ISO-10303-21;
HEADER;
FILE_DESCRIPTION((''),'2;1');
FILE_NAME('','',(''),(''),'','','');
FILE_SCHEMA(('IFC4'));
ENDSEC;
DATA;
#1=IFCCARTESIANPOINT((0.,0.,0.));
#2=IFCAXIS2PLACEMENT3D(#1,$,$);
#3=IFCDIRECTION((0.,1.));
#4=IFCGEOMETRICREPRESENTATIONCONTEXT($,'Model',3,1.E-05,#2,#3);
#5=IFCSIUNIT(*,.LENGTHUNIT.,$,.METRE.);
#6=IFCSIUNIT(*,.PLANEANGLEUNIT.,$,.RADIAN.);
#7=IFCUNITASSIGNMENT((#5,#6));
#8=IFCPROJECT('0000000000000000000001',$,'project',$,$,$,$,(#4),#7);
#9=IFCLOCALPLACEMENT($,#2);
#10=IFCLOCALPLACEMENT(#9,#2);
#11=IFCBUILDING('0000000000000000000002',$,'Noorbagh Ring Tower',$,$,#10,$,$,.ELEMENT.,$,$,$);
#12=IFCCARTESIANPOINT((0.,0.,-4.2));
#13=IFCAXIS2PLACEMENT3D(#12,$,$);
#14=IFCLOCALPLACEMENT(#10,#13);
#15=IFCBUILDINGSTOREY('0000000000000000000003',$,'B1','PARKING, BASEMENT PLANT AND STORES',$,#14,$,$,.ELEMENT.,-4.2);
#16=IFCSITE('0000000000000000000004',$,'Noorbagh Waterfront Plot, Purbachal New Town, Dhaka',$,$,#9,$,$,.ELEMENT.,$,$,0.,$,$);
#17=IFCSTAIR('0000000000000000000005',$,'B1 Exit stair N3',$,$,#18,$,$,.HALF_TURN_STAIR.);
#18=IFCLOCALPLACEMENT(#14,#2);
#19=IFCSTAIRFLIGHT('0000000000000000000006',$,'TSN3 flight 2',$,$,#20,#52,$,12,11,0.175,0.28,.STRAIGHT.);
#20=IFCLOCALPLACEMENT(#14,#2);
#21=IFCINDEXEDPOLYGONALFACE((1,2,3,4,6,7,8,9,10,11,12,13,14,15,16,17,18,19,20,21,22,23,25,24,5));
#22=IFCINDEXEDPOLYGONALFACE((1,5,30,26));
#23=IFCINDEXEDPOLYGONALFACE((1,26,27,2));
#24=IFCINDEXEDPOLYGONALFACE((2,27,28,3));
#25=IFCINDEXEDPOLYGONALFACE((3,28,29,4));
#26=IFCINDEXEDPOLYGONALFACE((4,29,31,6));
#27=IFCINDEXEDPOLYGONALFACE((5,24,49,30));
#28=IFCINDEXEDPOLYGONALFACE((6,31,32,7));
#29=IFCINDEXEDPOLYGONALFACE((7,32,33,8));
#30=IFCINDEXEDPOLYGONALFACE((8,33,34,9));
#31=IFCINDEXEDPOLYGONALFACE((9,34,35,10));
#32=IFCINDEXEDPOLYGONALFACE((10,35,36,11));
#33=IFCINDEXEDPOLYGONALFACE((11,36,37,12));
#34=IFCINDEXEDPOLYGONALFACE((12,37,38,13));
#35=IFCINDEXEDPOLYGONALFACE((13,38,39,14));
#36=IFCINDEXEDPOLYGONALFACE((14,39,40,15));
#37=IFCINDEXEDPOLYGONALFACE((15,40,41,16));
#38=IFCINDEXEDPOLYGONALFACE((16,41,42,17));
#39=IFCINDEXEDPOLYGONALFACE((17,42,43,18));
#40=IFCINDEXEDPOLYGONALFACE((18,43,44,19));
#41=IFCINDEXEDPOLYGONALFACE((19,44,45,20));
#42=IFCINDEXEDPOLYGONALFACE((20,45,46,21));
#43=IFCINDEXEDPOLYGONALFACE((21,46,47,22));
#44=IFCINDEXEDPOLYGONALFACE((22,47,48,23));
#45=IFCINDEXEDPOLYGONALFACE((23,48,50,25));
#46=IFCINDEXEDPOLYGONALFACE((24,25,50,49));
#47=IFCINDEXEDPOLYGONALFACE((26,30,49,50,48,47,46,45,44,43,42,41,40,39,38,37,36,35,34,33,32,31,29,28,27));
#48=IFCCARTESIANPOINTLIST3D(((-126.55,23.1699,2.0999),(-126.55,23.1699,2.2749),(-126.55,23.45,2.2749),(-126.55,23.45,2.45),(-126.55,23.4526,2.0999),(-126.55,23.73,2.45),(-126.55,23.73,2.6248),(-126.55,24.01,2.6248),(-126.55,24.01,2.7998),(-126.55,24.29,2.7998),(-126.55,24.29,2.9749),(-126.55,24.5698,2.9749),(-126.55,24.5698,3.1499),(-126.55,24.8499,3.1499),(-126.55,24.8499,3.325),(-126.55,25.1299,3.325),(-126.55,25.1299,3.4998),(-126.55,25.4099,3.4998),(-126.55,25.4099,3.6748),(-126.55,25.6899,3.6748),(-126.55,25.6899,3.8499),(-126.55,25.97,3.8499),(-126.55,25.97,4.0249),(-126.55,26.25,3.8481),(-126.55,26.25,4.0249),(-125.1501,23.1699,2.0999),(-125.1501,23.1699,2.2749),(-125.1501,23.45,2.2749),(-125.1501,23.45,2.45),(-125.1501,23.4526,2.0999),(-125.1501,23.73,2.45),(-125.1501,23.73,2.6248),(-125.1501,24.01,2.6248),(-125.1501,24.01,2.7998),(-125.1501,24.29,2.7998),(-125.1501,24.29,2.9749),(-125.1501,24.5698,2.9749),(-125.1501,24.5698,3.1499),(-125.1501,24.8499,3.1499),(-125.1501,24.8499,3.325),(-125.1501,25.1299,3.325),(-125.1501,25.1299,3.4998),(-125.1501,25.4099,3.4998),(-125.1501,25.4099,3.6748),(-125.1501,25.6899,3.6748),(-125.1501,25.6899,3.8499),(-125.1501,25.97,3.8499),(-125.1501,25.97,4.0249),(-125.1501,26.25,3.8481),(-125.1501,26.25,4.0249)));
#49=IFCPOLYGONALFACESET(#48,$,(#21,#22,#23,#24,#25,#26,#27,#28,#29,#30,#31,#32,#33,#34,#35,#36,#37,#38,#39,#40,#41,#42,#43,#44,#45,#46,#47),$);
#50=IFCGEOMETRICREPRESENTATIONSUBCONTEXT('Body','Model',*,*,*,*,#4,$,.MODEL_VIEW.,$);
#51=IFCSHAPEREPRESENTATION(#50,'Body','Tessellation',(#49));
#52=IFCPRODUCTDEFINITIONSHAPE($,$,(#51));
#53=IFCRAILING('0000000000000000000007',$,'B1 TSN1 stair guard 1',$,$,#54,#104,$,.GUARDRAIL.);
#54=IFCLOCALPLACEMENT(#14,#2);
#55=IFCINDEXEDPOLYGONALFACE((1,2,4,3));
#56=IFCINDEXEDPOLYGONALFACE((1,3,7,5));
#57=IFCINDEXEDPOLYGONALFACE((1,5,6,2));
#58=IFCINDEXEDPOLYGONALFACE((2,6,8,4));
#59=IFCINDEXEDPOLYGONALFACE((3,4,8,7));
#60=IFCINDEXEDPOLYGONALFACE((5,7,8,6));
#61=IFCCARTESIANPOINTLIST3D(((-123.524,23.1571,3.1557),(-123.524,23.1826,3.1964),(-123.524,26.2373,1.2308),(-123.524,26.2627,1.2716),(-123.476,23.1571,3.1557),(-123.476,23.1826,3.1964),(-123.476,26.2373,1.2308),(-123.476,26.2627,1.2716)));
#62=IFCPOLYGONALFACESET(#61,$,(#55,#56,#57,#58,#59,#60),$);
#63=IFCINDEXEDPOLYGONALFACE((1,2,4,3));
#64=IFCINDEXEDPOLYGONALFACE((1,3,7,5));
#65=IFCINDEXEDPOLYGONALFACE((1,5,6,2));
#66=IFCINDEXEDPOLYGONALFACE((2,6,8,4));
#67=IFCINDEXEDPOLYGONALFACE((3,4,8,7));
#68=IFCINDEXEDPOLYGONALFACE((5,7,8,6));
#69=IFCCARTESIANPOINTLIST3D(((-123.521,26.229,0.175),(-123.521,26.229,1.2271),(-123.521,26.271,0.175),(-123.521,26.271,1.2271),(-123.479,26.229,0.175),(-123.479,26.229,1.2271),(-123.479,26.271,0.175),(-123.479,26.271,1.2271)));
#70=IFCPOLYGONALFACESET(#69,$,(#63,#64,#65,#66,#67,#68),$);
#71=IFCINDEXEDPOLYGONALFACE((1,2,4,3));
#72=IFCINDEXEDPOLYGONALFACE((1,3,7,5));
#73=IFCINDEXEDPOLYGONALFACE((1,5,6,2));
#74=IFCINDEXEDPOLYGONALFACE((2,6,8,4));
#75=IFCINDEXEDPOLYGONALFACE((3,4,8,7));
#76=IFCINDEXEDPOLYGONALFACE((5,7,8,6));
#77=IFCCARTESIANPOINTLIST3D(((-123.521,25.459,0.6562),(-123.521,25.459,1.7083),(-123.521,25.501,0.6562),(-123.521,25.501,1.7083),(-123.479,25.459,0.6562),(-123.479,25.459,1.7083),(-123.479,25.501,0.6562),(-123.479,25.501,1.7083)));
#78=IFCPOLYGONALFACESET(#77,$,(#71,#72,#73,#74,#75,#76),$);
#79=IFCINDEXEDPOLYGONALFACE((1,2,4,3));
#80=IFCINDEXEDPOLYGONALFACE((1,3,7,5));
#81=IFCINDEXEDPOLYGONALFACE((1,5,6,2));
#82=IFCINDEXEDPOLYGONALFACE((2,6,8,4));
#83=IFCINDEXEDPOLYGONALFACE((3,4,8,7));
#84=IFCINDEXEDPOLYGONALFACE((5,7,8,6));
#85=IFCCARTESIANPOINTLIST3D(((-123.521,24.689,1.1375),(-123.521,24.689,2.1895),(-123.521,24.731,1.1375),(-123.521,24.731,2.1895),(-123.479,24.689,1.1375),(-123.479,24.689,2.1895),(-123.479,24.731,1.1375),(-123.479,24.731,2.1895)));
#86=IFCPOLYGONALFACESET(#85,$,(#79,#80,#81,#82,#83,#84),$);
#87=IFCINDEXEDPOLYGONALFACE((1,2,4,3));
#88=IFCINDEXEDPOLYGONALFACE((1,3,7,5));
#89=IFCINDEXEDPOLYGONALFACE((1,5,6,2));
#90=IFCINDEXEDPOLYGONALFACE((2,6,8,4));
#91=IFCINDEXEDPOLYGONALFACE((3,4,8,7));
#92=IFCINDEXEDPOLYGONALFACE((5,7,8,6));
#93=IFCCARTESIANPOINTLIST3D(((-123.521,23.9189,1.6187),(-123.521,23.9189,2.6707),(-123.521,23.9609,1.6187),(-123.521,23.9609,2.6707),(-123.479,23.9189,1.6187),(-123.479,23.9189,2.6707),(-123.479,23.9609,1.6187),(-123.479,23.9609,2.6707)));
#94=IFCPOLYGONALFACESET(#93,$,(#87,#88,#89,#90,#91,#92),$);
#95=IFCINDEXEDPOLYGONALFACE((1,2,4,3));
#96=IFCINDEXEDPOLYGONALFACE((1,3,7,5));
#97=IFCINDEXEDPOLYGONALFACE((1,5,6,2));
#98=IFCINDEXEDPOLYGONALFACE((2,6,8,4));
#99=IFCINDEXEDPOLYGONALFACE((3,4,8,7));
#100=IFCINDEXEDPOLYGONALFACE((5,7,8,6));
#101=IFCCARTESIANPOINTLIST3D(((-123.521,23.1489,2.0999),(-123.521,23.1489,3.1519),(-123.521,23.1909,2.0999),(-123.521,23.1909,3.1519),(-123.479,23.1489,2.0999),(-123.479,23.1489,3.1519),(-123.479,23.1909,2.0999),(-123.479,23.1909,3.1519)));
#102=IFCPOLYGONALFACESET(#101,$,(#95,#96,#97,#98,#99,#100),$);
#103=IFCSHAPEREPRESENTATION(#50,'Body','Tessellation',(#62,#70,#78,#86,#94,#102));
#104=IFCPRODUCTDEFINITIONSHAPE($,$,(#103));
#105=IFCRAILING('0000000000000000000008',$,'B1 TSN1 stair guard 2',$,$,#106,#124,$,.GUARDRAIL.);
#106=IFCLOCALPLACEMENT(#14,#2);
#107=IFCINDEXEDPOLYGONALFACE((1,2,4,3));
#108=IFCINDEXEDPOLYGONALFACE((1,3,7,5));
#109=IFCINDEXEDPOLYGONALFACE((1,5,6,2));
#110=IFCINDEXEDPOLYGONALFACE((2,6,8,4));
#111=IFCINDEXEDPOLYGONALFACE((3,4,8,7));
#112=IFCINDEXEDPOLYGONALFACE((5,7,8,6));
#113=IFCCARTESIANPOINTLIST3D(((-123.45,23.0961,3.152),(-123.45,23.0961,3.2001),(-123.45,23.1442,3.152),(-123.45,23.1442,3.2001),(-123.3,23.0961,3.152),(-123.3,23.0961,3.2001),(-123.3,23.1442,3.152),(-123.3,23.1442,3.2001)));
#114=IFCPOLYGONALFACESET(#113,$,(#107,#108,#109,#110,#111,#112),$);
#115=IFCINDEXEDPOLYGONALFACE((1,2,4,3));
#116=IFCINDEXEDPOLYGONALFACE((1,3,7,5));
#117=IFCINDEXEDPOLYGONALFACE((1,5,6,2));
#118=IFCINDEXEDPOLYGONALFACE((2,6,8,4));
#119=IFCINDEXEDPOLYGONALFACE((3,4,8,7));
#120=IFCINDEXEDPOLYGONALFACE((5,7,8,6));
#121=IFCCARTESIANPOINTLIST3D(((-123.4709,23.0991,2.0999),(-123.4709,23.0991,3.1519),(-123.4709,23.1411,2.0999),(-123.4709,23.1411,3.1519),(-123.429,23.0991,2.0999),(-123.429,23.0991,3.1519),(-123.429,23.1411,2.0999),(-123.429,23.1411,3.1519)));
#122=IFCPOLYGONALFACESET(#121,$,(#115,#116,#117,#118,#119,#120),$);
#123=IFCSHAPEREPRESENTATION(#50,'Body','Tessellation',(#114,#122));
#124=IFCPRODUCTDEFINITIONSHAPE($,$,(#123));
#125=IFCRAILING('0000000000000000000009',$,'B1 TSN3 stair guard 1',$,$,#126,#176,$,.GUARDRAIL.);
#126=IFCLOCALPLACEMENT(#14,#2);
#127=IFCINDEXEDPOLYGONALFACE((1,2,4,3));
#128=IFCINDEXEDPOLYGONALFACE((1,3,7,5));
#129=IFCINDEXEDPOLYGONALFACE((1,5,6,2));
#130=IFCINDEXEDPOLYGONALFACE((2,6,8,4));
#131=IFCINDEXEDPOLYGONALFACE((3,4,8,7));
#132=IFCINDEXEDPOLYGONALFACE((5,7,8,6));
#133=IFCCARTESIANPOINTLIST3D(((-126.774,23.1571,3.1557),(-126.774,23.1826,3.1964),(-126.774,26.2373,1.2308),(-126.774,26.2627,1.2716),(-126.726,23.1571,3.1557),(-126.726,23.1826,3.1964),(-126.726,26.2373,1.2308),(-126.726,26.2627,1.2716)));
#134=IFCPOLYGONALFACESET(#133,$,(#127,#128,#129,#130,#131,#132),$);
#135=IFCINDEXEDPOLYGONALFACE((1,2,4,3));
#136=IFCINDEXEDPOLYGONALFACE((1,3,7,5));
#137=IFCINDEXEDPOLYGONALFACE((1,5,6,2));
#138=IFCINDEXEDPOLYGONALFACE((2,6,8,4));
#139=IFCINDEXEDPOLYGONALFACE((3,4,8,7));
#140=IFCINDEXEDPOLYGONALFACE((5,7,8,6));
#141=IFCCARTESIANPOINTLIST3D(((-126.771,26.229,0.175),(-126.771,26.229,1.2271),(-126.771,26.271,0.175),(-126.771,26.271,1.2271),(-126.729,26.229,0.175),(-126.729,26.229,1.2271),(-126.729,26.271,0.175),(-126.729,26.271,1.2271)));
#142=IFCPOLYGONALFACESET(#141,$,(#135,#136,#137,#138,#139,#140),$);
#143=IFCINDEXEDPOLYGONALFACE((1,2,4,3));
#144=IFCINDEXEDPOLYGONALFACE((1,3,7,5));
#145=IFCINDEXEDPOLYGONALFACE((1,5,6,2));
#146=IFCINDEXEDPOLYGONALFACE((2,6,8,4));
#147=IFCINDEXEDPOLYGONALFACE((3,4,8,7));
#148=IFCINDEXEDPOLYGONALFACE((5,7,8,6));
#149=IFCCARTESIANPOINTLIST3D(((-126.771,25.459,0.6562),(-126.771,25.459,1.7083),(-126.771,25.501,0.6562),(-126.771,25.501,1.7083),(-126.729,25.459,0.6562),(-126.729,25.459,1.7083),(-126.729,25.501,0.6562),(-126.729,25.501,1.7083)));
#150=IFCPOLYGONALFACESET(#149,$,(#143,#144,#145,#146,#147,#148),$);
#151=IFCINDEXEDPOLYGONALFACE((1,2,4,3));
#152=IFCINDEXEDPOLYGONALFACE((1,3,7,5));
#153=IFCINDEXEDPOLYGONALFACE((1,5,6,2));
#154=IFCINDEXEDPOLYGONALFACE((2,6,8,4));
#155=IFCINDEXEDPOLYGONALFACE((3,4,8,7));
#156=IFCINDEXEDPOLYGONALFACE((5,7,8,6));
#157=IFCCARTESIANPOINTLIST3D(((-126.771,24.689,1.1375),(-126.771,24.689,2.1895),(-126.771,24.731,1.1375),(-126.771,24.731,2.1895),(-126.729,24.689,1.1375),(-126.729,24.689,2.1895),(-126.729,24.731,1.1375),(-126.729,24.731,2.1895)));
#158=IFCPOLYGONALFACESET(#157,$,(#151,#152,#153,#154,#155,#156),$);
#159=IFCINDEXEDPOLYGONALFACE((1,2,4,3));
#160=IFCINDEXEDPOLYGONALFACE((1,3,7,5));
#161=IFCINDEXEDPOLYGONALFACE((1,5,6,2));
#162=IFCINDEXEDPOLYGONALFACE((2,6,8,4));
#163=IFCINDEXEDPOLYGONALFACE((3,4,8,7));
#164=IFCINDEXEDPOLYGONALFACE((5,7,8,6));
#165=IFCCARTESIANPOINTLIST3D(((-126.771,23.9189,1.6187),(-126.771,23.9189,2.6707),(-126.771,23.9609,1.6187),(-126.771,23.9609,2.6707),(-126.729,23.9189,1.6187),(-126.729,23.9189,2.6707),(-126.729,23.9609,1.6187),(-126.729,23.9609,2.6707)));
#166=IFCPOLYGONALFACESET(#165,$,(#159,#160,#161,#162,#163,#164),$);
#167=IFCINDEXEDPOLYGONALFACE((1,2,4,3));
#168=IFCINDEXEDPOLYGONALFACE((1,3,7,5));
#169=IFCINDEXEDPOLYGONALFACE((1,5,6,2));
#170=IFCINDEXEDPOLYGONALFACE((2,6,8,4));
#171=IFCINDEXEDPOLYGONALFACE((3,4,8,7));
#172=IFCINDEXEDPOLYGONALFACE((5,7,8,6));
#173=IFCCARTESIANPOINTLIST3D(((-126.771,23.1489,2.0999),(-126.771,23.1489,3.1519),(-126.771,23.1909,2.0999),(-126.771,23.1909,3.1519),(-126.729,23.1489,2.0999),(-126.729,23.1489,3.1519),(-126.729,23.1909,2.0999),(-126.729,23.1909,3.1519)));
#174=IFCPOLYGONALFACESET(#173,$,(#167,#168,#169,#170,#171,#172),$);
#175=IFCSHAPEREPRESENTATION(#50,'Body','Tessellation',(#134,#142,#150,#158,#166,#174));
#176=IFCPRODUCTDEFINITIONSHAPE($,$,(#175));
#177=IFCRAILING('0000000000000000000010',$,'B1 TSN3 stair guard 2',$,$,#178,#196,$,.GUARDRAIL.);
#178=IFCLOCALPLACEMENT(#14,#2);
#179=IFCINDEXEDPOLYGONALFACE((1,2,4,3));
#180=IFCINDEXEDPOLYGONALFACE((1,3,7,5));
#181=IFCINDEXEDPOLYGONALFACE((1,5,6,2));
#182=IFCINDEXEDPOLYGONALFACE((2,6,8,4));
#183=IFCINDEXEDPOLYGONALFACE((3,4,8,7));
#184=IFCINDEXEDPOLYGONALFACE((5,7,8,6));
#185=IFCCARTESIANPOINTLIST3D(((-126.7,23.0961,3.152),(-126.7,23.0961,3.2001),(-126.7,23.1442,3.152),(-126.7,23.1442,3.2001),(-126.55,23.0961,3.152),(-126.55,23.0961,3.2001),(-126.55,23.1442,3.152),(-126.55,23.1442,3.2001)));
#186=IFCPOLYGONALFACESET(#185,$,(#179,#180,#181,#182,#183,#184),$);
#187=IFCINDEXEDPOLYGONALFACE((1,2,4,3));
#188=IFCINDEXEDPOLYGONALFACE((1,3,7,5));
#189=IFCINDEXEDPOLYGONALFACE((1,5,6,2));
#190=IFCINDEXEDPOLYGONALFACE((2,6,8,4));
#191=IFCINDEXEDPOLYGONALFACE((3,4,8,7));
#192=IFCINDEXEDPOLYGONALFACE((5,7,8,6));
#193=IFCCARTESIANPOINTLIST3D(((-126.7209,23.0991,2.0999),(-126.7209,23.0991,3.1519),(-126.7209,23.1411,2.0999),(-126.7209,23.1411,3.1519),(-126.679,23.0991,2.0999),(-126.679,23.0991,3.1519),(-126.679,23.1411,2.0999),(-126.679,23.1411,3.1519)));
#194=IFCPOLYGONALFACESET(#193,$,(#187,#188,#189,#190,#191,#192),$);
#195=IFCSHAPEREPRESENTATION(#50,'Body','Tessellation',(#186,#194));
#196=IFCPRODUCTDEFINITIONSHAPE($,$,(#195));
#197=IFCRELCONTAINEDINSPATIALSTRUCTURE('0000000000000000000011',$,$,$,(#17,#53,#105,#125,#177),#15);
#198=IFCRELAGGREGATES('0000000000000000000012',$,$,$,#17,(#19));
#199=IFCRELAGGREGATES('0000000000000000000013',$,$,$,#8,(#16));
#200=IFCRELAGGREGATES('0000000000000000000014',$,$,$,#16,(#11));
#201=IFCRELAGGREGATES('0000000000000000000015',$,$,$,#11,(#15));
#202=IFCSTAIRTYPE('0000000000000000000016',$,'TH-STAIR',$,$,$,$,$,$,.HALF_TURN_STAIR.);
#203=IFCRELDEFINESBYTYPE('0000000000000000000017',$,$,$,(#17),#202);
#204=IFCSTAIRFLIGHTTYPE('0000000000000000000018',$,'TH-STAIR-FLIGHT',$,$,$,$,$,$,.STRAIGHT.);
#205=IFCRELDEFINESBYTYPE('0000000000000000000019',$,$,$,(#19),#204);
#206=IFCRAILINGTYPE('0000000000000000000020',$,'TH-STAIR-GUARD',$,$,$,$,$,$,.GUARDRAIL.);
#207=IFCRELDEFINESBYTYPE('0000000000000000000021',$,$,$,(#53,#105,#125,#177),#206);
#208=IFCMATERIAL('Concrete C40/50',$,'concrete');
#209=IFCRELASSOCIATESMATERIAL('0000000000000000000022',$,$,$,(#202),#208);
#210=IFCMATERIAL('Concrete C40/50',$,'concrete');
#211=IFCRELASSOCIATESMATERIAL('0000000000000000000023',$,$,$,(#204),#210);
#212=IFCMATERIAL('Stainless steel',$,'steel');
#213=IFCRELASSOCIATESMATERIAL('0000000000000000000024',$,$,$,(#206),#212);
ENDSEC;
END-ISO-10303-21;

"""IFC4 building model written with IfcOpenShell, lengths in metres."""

from ifc_helpers import new_model, si_unit, direction, frame, origin, origin_2d, place, context, subcontext, project, spatial, polyline, rectangle, outline, extrude, material, type_object, element, aggregate, save


model = new_model("IFC4")

# Units and contexts
model_context = context("Model", 3, precision=1e-05, world=origin(), true_north=direction((0.0, 1.0)))
body_context = subcontext(model_context, "Body", "Model", "MODEL_VIEW")
ifc_project = project(units=[si_unit("LENGTHUNIT", "METRE"), si_unit("PLANEANGLEUNIT", "RADIAN")], contexts=[model_context])

# Site, building, storey
site_placement = place(None, origin())
site = spatial("IfcSite", under=ifc_project, at=site_placement, Name="Noorbagh Waterfront Plot, Purbachal New Town, Dhaka", CompositionType="ELEMENT", RefElevation=0.0)
building_placement = place(site_placement, origin())
building = spatial("IfcBuilding", under=site, at=building_placement, Name="Noorbagh Ring Tower", CompositionType="ELEMENT")
storey_placement = place(building_placement, frame((0.0, 0.0, -4.2)))
storey = spatial("IfcBuildingStorey", under=building, at=storey_placement, Name="B1", Description="PARKING, BASEMENT PLANT AND STORES", CompositionType="ELEMENT", Elevation=-4.2)

# Shared definitions
ifc_material_1 = material(Name="Concrete C40/50", Category="concrete")
stair_type = type_object("IfcStairType", Name="TH-STAIR", PredefinedType="HALF_TURN_STAIR", material=ifc_material_1)
ifc_material_2 = material(Name="Concrete C40/50", Category="concrete")
stair_flight_type = type_object("IfcStairFlightType", Name="TH-STAIR-FLIGHT", PredefinedType="STRAIGHT", material=ifc_material_2)

# Stair, stair flight
stair_1_placement = place(storey_placement, origin())
stair_1 = element("IfcStair", 1, at=stair_1_placement, inside=storey, type_object=stair_type, Name="B1 Exit stair N3", PredefinedType="HALF_TURN_STAIR")
stair_flight_1_placement = place(storey_placement, frame((-125.8501, 23.1699, 2.0999), z_axis=(0.0, 0.0, 1.0), x_axis=(0.0, 1.0, 0.0)))
stair_flight_1 = element("IfcStairFlight", 2, at=stair_flight_1_placement, type_object=stair_flight_type, Name="TSN3 flight 2", NumberOfRisers=12, NumberOfTreads=11, PredefinedType="STRAIGHT", RiserHeight=0.175, TreadLength=0.28, context=body_context, shape_type="SweptSolid", body=[
    extrude(outline(polyline([(0.0, 0.0), (0.0, 0.175), (0.28, 0.175), (0.28, 0.3501), (0.5601, 0.3501), (0.5601, 0.5249), (0.8401, 0.5249), (0.8401, 0.7), (1.1201, 0.7), (1.1201, 0.875), (1.3999, 0.875), (1.3999, 1.05), (1.6799, 1.05), (1.6799, 1.2251), (1.96, 1.2251), (1.96, 1.3999), (2.24, 1.3999), (2.24, 1.575), (2.52, 1.575), (2.52, 1.75), (2.8, 1.75), (2.8, 1.925), (3.0801, 1.925), (3.0801, 2.1001), (3.0801, 1.7483), (0.2827, 0.0), (0.0, 0.0)])), frame((0.0, 0.7, 0.0), z_axis=(0.0, -1.0, 0.0), x_axis=(1.0, 0.0, 0.0)), (0.0, 0.0, 1.0), 1.3999),
])
aggregate(stair_1, [stair_flight_1])

# Railings
ifc_material_3 = material(Name="Stainless steel", Category="steel")
railing_type_1 = type_object("IfcRailingType", Name="TH-STAIR-GUARD", PredefinedType="GUARDRAIL", material=ifc_material_3)
railing_1_placement = place(storey_placement, frame((-123.5, 26.25, 0.175)))
element("IfcRailing", 3, at=railing_1_placement, inside=storey, type_object=railing_type_1, Name="B1 TSN1 stair guard 1", PredefinedType="GUARDRAIL", context=body_context, shape_type="SweptSolid", body=[
    extrude(rectangle(XDim=0.0481, YDim=0.0481, at=origin_2d()), frame((0.0, 0.0, 1.0762), z_axis=(0.0, -0.848029, 0.529951), x_axis=(1.0, 0.0, 0.0)), (0.0, 0.0, 1.0), 3.6321),
    extrude(rectangle(XDim=0.042, YDim=0.042, at=origin_2d()), origin(), (0.0, 0.0, 1.0), 1.052),
    extrude(rectangle(XDim=0.042, YDim=0.042, at=origin_2d()), frame((0.0, -0.77, 0.4812)), (0.0, 0.0, 1.0), 1.052),
    extrude(rectangle(XDim=0.042, YDim=0.042, at=origin_2d()), frame((0.0, -1.54, 0.9624)), (0.0, 0.0, 1.0), 1.052),
    extrude(rectangle(XDim=0.042, YDim=0.042, at=origin_2d()), frame((0.0, -2.3101, 1.4436)), (0.0, 0.0, 1.0), 1.052),
    extrude(rectangle(XDim=0.042, YDim=0.042, at=origin_2d()), frame((0.0, -3.0801, 1.9248)), (0.0, 0.0, 1.0), 1.052),
])
railing_2_placement = place(storey_placement, frame((-123.45, 23.1201, 2.0999)))
element("IfcRailing", 4, at=railing_2_placement, inside=storey, type_object=railing_type_1, Name="B1 TSN1 stair guard 2", PredefinedType="GUARDRAIL", context=body_context, shape_type="SweptSolid", body=[
    extrude(rectangle(XDim=0.0481, YDim=0.0481, at=origin_2d()), frame((0.0, 0.0, 1.0762), z_axis=(1.0, 0.0, 0.0), x_axis=(0.0, 1.0, 0.0)), (0.0, 0.0, 1.0), 0.1499),
    extrude(rectangle(XDim=0.042, YDim=0.042, at=origin_2d()), origin(), (0.0, 0.0, 1.0), 1.052),
])
railing_3_placement = place(storey_placement, frame((-126.75, 26.25, 0.175)))
element("IfcRailing", 5, at=railing_3_placement, inside=storey, type_object=railing_type_1, Name="B1 TSN3 stair guard 1", PredefinedType="GUARDRAIL", context=body_context, shape_type="SweptSolid", body=[
    extrude(rectangle(XDim=0.0481, YDim=0.0481, at=origin_2d()), frame((0.0, 0.0, 1.0762), z_axis=(0.0, -0.848029, 0.529951), x_axis=(1.0, 0.0, 0.0)), (0.0, 0.0, 1.0), 3.6321),
    extrude(rectangle(XDim=0.042, YDim=0.042, at=origin_2d()), origin(), (0.0, 0.0, 1.0), 1.052),
    extrude(rectangle(XDim=0.042, YDim=0.042, at=origin_2d()), frame((0.0, -0.77, 0.4812)), (0.0, 0.0, 1.0), 1.052),
    extrude(rectangle(XDim=0.042, YDim=0.042, at=origin_2d()), frame((0.0, -1.54, 0.9624)), (0.0, 0.0, 1.0), 1.052),
    extrude(rectangle(XDim=0.042, YDim=0.042, at=origin_2d()), frame((0.0, -2.3101, 1.4436)), (0.0, 0.0, 1.0), 1.052),
    extrude(rectangle(XDim=0.042, YDim=0.042, at=origin_2d()), frame((0.0, -3.0801, 1.9248)), (0.0, 0.0, 1.0), 1.052),
])
railing_4_placement = place(storey_placement, frame((-126.7, 23.1201, 2.0999)))
element("IfcRailing", 6, at=railing_4_placement, inside=storey, type_object=railing_type_1, Name="B1 TSN3 stair guard 2", PredefinedType="GUARDRAIL", context=body_context, shape_type="SweptSolid", body=[
    extrude(rectangle(XDim=0.0481, YDim=0.0481, at=origin_2d()), frame((0.0, 0.0, 1.0762), z_axis=(1.0, 0.0, 0.0), x_axis=(0.0, 1.0, 0.0)), (0.0, 0.0, 1.0), 0.1499),
    extrude(rectangle(XDim=0.042, YDim=0.042, at=origin_2d()), origin(), (0.0, 0.0, 1.0), 1.052),
])

save(model, "model.ifc")
